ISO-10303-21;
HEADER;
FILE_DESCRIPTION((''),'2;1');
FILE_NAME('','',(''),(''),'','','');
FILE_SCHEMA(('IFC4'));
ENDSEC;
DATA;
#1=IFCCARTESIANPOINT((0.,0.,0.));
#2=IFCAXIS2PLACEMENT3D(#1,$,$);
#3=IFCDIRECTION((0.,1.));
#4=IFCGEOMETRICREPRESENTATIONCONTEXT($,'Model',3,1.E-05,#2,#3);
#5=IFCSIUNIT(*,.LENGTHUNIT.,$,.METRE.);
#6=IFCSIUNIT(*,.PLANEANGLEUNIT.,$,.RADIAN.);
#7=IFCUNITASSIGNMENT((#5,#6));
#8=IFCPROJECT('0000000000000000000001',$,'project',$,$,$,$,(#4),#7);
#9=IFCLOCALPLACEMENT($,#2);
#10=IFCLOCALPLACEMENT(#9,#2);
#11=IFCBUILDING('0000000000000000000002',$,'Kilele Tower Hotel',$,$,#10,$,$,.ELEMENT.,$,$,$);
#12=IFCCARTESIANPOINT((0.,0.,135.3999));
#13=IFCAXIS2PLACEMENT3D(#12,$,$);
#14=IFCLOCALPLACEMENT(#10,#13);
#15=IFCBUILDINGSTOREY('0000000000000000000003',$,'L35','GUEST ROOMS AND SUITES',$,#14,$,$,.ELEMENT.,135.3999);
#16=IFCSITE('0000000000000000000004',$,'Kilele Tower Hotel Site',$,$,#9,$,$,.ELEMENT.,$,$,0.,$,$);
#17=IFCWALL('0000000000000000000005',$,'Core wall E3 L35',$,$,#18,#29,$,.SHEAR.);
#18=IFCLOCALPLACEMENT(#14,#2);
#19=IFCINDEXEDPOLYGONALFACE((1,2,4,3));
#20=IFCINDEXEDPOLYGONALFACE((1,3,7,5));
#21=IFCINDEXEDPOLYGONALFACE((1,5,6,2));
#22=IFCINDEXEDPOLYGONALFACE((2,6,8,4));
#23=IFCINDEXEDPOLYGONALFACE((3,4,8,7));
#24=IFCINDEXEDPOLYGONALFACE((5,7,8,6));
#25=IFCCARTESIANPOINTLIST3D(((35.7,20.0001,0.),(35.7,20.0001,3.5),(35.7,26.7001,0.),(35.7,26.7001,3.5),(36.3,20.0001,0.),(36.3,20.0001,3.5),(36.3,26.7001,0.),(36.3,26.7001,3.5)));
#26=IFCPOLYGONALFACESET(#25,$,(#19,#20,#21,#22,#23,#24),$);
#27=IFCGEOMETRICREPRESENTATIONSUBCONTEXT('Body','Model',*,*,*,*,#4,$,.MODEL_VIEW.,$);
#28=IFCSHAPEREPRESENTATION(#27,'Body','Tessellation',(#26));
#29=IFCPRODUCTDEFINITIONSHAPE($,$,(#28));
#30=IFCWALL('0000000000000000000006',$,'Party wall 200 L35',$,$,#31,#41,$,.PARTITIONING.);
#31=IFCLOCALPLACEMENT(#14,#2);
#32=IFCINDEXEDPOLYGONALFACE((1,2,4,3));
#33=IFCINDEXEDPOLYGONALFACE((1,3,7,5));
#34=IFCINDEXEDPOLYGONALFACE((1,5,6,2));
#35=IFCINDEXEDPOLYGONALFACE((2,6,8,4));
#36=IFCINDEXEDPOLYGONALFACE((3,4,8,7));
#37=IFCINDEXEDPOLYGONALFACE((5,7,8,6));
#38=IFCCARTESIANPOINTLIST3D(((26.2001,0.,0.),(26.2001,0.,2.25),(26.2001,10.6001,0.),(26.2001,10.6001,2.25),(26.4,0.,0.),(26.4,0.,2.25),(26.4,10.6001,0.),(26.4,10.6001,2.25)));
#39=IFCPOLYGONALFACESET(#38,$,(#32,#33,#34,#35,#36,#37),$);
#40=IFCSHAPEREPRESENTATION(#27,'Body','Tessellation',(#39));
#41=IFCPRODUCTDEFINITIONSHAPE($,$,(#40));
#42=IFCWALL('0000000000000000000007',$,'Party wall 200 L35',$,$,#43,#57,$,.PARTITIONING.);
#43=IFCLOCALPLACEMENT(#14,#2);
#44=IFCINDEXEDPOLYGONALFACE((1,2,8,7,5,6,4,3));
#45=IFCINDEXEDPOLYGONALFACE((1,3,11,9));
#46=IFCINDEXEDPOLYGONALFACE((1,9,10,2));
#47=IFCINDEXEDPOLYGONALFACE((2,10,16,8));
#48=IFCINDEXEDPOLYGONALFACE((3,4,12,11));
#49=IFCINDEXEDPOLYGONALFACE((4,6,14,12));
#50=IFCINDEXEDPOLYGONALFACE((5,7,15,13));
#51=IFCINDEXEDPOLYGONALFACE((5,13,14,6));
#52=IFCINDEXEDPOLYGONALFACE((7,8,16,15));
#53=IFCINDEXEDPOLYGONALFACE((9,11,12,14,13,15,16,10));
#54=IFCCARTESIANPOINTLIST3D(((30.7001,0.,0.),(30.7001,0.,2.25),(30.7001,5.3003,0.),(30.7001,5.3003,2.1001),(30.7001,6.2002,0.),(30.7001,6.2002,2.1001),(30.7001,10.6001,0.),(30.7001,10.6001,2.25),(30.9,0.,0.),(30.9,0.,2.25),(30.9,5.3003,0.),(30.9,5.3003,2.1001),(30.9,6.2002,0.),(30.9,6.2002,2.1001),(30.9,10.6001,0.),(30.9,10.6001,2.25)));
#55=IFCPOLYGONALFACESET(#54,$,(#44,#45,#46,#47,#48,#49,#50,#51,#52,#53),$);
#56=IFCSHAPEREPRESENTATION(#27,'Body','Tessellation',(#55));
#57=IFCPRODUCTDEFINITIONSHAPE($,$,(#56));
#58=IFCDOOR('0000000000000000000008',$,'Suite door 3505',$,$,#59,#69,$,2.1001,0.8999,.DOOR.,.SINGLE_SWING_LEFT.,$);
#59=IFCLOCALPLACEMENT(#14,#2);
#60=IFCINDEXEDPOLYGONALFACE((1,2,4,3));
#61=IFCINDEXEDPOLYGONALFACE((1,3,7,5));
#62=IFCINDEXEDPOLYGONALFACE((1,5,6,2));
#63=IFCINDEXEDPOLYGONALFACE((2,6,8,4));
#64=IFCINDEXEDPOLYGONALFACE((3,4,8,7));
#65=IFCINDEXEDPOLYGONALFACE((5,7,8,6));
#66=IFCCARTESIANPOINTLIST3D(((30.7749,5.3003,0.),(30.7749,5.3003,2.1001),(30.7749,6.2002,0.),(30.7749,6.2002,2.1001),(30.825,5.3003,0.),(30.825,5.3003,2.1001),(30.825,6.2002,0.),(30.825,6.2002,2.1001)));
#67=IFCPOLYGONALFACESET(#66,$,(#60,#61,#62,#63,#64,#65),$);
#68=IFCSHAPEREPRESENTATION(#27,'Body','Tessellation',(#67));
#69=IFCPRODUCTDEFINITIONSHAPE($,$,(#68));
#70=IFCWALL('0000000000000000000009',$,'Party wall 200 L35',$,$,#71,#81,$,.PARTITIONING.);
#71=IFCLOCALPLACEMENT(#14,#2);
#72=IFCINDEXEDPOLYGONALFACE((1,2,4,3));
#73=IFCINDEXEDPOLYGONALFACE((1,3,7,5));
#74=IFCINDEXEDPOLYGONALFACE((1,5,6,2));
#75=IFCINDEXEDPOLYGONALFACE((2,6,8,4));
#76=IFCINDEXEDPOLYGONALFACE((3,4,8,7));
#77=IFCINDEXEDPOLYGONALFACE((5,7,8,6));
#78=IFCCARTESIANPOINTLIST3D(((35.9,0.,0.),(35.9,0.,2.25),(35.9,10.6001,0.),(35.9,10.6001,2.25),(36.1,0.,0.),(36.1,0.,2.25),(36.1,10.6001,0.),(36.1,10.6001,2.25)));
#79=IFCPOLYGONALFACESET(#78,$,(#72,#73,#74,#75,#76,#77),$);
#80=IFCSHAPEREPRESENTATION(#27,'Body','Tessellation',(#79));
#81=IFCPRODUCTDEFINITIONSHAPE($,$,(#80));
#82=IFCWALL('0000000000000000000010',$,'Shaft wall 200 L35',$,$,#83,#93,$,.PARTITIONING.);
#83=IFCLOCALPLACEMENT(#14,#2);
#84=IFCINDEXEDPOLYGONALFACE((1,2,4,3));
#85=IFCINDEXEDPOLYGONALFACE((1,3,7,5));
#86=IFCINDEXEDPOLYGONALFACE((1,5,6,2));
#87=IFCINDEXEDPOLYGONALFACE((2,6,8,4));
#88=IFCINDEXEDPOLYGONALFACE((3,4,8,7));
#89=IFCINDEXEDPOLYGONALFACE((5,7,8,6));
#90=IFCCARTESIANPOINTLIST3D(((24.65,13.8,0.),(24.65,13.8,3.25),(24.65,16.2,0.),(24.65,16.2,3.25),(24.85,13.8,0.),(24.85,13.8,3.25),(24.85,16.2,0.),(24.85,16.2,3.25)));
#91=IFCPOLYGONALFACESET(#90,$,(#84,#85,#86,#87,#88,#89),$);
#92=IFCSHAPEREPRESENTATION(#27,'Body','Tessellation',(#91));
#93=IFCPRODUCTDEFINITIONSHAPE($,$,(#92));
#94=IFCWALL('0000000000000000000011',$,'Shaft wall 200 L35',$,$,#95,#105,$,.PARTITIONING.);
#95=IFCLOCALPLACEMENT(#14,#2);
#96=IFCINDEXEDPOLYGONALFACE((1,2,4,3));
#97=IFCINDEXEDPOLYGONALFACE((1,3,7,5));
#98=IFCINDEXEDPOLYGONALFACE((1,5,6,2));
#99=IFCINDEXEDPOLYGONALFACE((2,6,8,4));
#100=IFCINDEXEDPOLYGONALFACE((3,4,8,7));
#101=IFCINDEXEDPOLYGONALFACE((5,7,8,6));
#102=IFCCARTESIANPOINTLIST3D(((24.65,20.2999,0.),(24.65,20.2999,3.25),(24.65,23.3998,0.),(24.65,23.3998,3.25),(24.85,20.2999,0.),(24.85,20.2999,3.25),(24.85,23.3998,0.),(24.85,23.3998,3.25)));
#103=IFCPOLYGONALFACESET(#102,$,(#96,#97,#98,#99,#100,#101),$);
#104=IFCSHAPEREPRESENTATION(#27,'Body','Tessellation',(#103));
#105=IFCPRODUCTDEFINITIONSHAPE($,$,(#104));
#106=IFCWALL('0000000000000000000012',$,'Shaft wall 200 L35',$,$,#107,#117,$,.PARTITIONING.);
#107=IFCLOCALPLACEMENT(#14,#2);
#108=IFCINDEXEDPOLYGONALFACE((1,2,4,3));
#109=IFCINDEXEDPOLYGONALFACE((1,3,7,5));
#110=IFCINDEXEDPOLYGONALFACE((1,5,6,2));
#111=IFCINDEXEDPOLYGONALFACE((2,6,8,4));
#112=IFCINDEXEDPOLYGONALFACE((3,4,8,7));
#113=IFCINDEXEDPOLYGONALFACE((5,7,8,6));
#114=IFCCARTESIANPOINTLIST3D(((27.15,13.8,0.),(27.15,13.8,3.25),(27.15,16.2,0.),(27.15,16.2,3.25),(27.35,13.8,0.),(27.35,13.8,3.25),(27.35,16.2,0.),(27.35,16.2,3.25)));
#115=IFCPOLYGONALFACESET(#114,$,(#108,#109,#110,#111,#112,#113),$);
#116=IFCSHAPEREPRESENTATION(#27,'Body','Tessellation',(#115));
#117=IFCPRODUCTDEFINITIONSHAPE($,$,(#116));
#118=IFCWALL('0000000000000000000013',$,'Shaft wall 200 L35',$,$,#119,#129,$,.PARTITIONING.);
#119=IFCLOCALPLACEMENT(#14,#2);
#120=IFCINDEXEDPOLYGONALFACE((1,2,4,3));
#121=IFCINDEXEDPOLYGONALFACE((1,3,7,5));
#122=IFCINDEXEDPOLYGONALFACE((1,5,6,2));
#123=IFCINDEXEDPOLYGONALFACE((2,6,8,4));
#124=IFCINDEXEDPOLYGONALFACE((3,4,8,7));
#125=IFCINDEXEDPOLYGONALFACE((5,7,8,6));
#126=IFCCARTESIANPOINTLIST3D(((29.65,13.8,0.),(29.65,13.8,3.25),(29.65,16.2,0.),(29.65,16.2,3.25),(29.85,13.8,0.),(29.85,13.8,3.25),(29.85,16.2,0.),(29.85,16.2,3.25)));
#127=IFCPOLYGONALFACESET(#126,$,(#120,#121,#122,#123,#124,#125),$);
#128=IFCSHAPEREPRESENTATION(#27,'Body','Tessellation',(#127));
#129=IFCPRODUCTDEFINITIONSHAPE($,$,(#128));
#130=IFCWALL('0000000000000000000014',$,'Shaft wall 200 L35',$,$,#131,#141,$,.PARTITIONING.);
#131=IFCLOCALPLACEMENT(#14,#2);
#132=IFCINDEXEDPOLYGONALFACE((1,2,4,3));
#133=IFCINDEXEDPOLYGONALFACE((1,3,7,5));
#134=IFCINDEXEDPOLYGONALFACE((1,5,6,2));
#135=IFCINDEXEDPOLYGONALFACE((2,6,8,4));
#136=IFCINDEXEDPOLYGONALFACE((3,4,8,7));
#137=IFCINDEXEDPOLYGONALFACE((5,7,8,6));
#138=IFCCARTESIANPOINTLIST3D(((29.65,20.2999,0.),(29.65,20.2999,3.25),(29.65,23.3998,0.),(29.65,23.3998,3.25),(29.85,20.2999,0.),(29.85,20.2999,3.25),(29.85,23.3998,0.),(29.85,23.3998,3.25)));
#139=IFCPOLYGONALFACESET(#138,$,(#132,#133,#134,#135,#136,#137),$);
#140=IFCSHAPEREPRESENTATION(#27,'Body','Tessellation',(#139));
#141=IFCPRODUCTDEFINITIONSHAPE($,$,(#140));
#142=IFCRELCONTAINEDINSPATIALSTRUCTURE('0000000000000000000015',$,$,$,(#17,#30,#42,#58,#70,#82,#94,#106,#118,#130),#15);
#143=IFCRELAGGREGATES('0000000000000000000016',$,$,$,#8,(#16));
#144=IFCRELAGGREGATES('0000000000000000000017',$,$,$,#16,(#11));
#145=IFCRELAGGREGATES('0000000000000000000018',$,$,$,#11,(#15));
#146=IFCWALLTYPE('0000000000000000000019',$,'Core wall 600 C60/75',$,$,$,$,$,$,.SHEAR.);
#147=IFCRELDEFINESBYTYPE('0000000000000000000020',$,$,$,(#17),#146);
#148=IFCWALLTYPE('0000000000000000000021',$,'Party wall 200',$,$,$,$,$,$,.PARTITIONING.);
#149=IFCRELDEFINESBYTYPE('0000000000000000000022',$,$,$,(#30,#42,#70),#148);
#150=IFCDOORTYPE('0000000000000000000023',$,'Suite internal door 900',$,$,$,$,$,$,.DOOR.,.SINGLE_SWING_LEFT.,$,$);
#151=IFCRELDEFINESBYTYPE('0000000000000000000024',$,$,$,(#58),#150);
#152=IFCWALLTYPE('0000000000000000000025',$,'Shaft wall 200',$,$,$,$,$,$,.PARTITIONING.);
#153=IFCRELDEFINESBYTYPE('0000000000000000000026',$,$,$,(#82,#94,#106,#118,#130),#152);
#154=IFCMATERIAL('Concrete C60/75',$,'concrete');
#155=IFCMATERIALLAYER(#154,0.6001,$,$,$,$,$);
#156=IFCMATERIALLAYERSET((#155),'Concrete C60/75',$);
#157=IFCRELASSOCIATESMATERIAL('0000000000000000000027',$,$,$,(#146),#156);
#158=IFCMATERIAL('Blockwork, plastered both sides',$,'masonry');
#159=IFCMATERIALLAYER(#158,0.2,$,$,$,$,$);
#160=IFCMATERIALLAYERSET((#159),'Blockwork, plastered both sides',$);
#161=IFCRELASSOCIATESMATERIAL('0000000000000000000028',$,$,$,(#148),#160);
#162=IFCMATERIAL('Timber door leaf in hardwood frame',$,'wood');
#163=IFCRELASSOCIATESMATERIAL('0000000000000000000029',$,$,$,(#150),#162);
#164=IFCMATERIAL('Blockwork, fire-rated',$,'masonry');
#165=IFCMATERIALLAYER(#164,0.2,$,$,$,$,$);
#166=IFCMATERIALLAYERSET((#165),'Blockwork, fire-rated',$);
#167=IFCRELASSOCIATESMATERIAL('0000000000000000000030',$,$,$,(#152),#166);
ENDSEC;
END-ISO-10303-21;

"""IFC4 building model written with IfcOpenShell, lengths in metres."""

from ifc_helpers import new_model, si_unit, direction, frame, frame_2d, origin, place, context, subcontext, project, spatial, rectangle, extrude, material, layer, layer_set, type_object, element, fill, save


model = new_model("IFC4")

# Units and contexts
model_context = context("Model", 3, precision=1e-05, world=origin(), true_north=direction((0.0, 1.0)))
body_context = subcontext(model_context, "Body", "Model", "MODEL_VIEW")
ifc_project = project(units=[si_unit("LENGTHUNIT", "METRE"), si_unit("PLANEANGLEUNIT", "RADIAN")], contexts=[model_context])

# Site, building, storey
site_placement = place(None, origin())
site = spatial("IfcSite", under=ifc_project, at=site_placement, Name="Kilele Tower Hotel Site", CompositionType="ELEMENT", RefElevation=0.0)
building_placement = place(site_placement, origin())
building = spatial("IfcBuilding", under=site, at=building_placement, Name="Kilele Tower Hotel", CompositionType="ELEMENT")
storey_placement = place(building_placement, frame((0.0, 0.0, 135.3999)))
storey = spatial("IfcBuildingStorey", under=building, at=storey_placement, Name="L35", Description="GUEST ROOMS AND SUITES", CompositionType="ELEMENT", Elevation=135.3999)

# Shared definitions
ifc_material_1 = material(Name="Concrete C60/75", Category="concrete")
ifc_layer_1 = layer(ifc_material_1, 0.6001)
ifc_layer_set_1 = layer_set([ifc_layer_1], Name="Concrete C60/75")
wall_type_1 = type_object("IfcWallType", Name="Core wall 600 C60/75", PredefinedType="SHEAR", material=ifc_layer_set_1)

# Walls
wall_1_placement = place(storey_placement, frame((36.0, 20.0, 0.0), z_axis=(0.0, 0.0, 1.0), x_axis=(0.0, 1.0, 0.0)))
element("IfcWall", 1, at=wall_1_placement, inside=storey, type_object=wall_type_1, Name="Core wall E3 L35", PredefinedType="SHEAR", context=body_context, shape_type="SweptSolid", body=[
    extrude(rectangle(XDim=6.7, YDim=0.6001, at=frame_2d((3.3501, 0.0))), origin(), (0.0, 0.0, 1.0), 3.5),
])
ifc_material_2 = material(Name="Blockwork, plastered both sides", Category="masonry")
ifc_layer_2 = layer(ifc_material_2, 0.2)
ifc_layer_set_2 = layer_set([ifc_layer_2], Name="Blockwork, plastered both sides")
wall_type_2 = type_object("IfcWallType", Name="Party wall 200", PredefinedType="PARTITIONING", material=ifc_layer_set_2)
wall_2_placement = place(storey_placement, frame((26.3, 10.6001, 0.0), z_axis=(0.0, 0.0, 1.0), x_axis=(0.0, -1.0, 0.0)))
element("IfcWall", 2, at=wall_2_placement, inside=storey, type_object=wall_type_2, Name="Party wall 200 L35", PredefinedType="PARTITIONING", context=body_context, shape_type="SweptSolid", body=[
    extrude(rectangle(XDim=10.6001, YDim=0.2, at=frame_2d((5.3, 0.0))), origin(), (0.0, 0.0, 1.0), 2.25),
])

# Wall, opening, door
wall_3_placement = place(storey_placement, frame((30.8, 10.6001, 0.0), z_axis=(0.0, 0.0, 1.0), x_axis=(0.0, -1.0, 0.0)))
wall_3 = element("IfcWall", 3, at=wall_3_placement, inside=storey, type_object=wall_type_2, Name="Party wall 200 L35", PredefinedType="PARTITIONING", context=body_context, shape_type="SweptSolid", body=[
    extrude(rectangle(XDim=10.6001, YDim=0.2, at=frame_2d((5.3, 0.0))), origin(), (0.0, 0.0, 1.0), 2.25),
])
opening_1_placement = place(wall_3_placement, frame((4.3999, 0.0, 0.0)))
opening_1 = element("IfcOpeningElement", 4, at=opening_1_placement, cuts=wall_3, PredefinedType="OPENING", context=body_context, shape_type="SweptSolid", body=[
    extrude(rectangle(XDim=0.8999, YDim=2.1001, at=frame_2d((0.45, 1.05))), frame((0.0, 0.1099, 0.0), z_axis=(0.0, -1.0, 0.0), x_axis=(1.0, 0.0, 0.0)), (0.0, 0.0, 1.0), 0.22),
])
ifc_material_3 = material(Name="Timber door leaf in hardwood frame", Category="wood")
door_type_1 = type_object("IfcDoorType", Name="Suite internal door 900", OperationType="SINGLE_SWING_LEFT", PredefinedType="DOOR", material=ifc_material_3)
door_1_placement = place(opening_1_placement, origin())
door_1 = element("IfcDoor", 5, at=door_1_placement, inside=storey, type_object=door_type_1, Name="Suite door 3505", OperationType="SINGLE_SWING_LEFT", OverallHeight=2.1001, OverallWidth=0.8999, PredefinedType="DOOR", context=body_context, shape_type="SweptSolid", body=[
    extrude(rectangle(XDim=0.8999, YDim=2.1001, at=frame_2d((0.45, 1.05))), frame((0.0, 0.0249, 0.0), z_axis=(0.0, -1.0, 0.0), x_axis=(1.0, 0.0, 0.0)), (0.0, 0.0, 1.0), 0.05),
])
fill(opening_1, door_1)

# Walls
wall_4_placement = place(storey_placement, frame((36.0, 10.6001, 0.0), z_axis=(0.0, 0.0, 1.0), x_axis=(0.0, -1.0, 0.0)))
element("IfcWall", 6, at=wall_4_placement, inside=storey, type_object=wall_type_2, Name="Party wall 200 L35", PredefinedType="PARTITIONING", context=body_context, shape_type="SweptSolid", body=[
    extrude(rectangle(XDim=10.6001, YDim=0.2, at=frame_2d((5.3, 0.0))), origin(), (0.0, 0.0, 1.0), 2.25),
])
ifc_material_4 = material(Name="Blockwork, fire-rated", Category="masonry")
ifc_layer_3 = layer(ifc_material_4, 0.2)
ifc_layer_set_3 = layer_set([ifc_layer_3], Name="Blockwork, fire-rated")
wall_type_3 = type_object("IfcWallType", Name="Shaft wall 200", PredefinedType="PARTITIONING", material=ifc_layer_set_3)
wall_5_placement = place(storey_placement, frame((24.75, 13.8, 0.0), z_axis=(0.0, 0.0, 1.0), x_axis=(0.0, 1.0, 0.0)))
element("IfcWall", 7, at=wall_5_placement, inside=storey, type_object=wall_type_3, Name="Shaft wall 200 L35", PredefinedType="PARTITIONING", context=body_context, shape_type="SweptSolid", body=[
    extrude(rectangle(XDim=2.3999, YDim=0.2, at=frame_2d((1.2, 0.0))), origin(), (0.0, 0.0, 1.0), 3.25),
])
wall_6_placement = place(storey_placement, frame((24.75, 20.3, 0.0), z_axis=(0.0, 0.0, 1.0), x_axis=(0.0, 1.0, 0.0)))
element("IfcWall", 8, at=wall_6_placement, inside=storey, type_object=wall_type_3, Name="Shaft wall 200 L35", PredefinedType="PARTITIONING", context=body_context, shape_type="SweptSolid", body=[
    extrude(rectangle(XDim=3.0999, YDim=0.2, at=frame_2d((1.5498, 0.0))), origin(), (0.0, 0.0, 1.0), 3.25),
])
for number, where, z_axis, x_axis, name in (
    (9, (27.25, 13.8, 0.0), (0.0, 0.0, 1.0), (0.0, 1.0, 0.0), "Shaft wall 200 L35"),
    (10, (29.75, 13.8, 0.0), (0.0, 0.0, 1.0), (0.0, 1.0, 0.0), "Shaft wall 200 L35"),
):
    element("IfcWall", number, at=place(storey_placement, frame(where, z_axis=z_axis, x_axis=x_axis)), inside=storey, type_object=wall_type_3, Name=name, PredefinedType="PARTITIONING", context=body_context, shape_type="SweptSolid", body=[
        extrude(rectangle(XDim=2.3999, YDim=0.2, at=frame_2d((1.2, 0.0))), origin(), (0.0, 0.0, 1.0), 3.25),
    ])
wall_7_placement = place(storey_placement, frame((29.75, 20.3, 0.0), z_axis=(0.0, 0.0, 1.0), x_axis=(0.0, 1.0, 0.0)))
element("IfcWall", 11, at=wall_7_placement, inside=storey, type_object=wall_type_3, Name="Shaft wall 200 L35", PredefinedType="PARTITIONING", context=body_context, shape_type="SweptSolid", body=[
    extrude(rectangle(XDim=3.0999, YDim=0.2, at=frame_2d((1.5498, 0.0))), origin(), (0.0, 0.0, 1.0), 3.25),
])

save(model, "model.ifc")
